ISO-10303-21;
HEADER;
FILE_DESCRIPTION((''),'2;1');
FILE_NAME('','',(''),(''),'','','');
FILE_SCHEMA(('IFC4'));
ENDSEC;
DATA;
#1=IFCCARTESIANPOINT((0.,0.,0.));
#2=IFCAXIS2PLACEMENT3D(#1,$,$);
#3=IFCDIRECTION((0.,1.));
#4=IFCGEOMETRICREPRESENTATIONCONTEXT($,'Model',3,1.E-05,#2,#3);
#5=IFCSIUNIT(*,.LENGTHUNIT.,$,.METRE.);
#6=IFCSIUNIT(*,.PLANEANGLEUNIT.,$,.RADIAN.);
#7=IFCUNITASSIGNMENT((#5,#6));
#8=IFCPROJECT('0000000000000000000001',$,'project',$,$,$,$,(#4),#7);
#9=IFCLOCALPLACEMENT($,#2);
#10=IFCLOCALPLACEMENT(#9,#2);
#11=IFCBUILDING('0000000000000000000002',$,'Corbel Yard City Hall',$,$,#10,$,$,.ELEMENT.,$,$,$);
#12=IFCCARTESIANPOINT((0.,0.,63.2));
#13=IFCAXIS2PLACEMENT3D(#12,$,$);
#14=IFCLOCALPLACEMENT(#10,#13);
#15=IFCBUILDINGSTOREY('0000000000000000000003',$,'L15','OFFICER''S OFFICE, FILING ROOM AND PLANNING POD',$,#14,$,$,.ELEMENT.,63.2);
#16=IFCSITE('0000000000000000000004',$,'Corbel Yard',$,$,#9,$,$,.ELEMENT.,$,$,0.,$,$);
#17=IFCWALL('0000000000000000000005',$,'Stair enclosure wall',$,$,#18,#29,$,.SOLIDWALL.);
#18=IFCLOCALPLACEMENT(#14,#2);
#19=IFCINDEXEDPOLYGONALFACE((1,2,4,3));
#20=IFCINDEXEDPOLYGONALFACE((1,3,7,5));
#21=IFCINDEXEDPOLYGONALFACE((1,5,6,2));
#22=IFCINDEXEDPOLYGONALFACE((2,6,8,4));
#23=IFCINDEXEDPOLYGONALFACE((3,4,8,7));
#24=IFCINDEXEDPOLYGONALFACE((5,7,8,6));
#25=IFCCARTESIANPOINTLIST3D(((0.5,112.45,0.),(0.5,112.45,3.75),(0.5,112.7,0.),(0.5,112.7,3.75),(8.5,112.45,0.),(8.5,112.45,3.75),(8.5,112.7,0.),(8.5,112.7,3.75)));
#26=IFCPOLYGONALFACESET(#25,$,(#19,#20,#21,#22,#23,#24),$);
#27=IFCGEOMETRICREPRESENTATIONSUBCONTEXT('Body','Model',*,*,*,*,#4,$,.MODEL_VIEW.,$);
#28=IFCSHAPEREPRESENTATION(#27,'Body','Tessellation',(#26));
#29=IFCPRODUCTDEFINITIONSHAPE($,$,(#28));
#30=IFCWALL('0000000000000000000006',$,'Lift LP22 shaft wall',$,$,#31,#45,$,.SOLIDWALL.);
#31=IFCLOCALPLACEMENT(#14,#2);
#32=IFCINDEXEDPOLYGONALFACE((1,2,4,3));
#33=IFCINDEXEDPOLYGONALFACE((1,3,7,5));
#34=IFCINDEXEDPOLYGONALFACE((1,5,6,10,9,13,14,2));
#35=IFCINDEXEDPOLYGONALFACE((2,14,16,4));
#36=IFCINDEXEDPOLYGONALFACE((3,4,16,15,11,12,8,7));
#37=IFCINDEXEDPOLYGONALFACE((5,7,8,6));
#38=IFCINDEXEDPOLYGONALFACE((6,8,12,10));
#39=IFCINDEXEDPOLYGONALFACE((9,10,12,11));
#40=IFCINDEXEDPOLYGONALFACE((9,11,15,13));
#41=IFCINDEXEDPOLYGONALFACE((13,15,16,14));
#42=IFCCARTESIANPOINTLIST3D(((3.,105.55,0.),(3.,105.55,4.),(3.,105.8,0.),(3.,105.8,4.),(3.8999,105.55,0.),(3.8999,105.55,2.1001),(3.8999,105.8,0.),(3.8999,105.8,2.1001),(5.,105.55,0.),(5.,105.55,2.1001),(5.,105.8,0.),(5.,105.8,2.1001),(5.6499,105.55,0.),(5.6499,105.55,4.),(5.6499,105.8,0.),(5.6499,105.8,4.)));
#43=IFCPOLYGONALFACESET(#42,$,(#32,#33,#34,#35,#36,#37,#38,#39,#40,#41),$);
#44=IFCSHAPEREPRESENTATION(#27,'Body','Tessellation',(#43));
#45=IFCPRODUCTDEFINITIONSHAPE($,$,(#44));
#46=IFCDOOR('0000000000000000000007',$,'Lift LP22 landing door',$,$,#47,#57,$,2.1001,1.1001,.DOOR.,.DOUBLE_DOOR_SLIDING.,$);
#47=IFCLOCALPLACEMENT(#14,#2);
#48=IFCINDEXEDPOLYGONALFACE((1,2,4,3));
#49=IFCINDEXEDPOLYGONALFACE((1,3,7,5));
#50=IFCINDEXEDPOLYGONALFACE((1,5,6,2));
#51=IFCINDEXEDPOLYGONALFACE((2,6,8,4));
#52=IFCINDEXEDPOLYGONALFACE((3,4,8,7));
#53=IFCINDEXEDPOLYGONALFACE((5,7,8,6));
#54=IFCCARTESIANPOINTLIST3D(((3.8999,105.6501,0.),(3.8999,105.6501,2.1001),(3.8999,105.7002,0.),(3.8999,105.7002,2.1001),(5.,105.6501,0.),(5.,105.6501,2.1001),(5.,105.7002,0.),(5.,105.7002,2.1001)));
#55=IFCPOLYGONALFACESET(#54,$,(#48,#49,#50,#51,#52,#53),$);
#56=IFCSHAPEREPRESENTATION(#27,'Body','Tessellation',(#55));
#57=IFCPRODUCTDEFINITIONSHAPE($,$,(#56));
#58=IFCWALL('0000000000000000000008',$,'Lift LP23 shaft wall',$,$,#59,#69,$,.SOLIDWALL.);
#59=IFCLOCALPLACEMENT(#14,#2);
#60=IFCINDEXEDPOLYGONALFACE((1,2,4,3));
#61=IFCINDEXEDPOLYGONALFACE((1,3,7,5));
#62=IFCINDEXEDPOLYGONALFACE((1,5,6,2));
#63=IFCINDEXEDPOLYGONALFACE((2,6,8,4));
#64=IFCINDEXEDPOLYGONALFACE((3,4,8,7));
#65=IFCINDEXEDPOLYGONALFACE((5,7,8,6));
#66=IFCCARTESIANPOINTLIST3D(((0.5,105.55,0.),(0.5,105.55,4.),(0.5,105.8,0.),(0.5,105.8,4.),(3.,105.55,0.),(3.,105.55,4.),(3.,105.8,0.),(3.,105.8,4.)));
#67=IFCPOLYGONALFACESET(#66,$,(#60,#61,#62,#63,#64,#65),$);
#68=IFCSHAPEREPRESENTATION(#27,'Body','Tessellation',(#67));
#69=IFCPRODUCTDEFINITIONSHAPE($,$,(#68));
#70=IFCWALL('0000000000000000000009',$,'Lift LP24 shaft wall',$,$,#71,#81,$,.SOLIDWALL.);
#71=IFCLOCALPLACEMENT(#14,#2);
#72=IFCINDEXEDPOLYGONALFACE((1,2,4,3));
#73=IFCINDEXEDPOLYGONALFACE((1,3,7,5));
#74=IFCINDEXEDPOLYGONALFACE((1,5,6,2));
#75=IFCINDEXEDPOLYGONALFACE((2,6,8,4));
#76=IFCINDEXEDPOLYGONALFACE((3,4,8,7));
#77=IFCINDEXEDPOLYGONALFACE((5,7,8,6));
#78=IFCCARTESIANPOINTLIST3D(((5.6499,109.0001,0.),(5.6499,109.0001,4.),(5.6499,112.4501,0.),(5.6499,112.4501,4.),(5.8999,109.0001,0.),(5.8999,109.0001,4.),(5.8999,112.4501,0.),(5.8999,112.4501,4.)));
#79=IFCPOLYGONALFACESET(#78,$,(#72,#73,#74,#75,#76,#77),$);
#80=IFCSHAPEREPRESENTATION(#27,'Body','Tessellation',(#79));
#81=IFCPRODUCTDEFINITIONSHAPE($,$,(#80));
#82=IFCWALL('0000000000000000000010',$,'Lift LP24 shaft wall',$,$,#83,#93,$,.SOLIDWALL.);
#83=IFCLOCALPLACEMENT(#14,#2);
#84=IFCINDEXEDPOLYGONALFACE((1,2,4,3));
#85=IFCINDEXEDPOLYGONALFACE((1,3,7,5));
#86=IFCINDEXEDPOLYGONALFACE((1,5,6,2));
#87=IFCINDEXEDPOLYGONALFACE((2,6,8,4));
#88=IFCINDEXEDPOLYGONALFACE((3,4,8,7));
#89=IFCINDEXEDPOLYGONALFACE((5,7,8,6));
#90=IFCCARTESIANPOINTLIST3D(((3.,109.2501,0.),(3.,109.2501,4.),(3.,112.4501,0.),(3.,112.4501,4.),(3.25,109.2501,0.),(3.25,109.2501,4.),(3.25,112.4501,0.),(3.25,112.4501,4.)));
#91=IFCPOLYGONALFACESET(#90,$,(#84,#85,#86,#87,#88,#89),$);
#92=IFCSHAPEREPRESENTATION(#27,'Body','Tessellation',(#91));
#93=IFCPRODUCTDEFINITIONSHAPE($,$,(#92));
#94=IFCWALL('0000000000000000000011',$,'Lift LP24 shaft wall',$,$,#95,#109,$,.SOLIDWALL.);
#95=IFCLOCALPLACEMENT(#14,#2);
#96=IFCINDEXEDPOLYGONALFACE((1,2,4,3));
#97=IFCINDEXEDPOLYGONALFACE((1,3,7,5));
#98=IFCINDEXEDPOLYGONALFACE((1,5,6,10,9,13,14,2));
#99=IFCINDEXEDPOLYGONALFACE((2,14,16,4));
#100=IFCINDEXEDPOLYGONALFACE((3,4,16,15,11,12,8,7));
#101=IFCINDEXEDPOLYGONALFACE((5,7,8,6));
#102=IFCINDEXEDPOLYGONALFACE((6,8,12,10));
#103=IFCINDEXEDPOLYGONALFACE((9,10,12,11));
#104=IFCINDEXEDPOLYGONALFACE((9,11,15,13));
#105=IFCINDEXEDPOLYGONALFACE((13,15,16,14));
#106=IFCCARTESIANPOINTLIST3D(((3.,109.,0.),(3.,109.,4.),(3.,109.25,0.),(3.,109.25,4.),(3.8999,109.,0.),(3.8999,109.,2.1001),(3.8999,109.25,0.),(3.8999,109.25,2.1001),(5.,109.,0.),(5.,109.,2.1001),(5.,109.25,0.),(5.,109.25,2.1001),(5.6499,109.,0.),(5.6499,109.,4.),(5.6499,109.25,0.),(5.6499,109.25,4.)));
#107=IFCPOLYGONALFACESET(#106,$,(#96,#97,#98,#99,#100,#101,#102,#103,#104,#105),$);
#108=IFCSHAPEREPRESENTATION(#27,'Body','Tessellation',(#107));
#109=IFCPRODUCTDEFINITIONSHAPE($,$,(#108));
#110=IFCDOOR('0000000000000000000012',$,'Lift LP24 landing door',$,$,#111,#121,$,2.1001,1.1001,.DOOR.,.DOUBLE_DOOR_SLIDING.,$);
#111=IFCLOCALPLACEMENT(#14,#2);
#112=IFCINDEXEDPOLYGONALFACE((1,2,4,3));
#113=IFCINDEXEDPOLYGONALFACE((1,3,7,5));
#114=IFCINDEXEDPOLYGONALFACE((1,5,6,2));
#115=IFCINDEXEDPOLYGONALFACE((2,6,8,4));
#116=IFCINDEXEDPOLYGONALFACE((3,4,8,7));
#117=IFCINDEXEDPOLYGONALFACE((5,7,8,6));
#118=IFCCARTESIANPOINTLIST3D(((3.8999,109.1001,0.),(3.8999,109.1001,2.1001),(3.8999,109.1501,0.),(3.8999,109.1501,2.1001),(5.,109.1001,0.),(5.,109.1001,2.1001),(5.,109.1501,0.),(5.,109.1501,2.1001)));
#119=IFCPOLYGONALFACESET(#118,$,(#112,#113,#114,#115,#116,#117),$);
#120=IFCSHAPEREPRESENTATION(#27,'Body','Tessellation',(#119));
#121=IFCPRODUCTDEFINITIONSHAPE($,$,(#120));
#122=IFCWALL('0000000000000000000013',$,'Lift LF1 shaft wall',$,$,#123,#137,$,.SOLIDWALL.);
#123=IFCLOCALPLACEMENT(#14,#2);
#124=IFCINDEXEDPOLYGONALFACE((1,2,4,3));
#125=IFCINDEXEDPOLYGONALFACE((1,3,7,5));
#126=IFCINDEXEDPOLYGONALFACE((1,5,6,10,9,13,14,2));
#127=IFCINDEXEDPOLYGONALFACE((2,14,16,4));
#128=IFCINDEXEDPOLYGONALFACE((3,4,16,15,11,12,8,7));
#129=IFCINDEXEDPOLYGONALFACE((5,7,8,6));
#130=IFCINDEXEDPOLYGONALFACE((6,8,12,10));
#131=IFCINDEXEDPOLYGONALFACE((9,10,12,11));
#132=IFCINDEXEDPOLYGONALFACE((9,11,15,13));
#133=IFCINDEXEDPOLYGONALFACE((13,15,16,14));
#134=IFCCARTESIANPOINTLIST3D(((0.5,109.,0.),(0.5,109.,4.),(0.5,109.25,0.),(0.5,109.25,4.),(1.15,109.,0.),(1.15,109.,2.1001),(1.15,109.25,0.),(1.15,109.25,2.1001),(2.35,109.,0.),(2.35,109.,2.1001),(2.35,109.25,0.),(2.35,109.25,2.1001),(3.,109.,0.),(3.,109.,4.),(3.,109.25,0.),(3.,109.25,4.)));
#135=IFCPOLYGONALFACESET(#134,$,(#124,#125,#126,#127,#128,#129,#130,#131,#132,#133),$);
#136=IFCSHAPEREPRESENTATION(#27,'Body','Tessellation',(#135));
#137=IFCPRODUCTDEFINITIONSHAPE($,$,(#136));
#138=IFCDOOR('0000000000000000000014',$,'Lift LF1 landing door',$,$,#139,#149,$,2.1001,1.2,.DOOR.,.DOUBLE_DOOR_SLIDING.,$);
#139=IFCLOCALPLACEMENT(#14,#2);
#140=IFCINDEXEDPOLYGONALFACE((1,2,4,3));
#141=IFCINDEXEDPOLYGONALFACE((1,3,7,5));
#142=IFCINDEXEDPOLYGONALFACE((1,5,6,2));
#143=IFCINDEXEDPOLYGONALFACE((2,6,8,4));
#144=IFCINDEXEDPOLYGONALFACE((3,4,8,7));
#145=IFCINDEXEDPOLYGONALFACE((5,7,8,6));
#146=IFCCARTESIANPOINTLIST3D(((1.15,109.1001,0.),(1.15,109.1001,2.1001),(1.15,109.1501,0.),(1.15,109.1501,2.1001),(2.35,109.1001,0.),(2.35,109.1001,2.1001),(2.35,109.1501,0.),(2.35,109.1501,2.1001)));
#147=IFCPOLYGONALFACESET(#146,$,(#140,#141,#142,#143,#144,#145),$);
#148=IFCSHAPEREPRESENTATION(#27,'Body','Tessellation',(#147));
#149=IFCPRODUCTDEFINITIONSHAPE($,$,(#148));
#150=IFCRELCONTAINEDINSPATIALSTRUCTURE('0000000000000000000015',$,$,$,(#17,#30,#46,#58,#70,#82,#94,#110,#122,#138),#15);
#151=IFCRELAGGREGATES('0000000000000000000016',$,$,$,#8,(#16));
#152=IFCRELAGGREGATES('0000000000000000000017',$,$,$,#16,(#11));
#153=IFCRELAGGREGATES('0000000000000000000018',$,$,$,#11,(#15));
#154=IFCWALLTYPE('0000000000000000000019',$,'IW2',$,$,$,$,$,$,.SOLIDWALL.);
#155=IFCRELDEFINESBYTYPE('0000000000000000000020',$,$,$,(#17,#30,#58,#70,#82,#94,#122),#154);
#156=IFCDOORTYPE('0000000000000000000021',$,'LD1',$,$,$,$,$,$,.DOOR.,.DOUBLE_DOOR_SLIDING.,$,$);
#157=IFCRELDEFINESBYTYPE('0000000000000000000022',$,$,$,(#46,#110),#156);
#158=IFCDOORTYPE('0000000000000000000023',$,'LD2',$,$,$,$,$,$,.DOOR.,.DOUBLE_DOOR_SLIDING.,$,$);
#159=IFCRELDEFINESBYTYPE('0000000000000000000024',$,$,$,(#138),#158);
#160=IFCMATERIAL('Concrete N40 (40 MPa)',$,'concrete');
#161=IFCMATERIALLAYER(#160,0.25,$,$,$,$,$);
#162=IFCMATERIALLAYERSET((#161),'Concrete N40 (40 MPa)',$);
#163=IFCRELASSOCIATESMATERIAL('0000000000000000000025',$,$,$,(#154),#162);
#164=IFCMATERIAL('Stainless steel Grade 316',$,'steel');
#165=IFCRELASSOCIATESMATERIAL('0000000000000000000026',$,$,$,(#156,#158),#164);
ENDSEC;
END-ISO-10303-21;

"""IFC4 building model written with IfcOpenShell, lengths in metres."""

from ifc_helpers import new_model, si_unit, direction, frame, frame_2d, origin, place, context, subcontext, project, spatial, rectangle, extrude, material, layer, layer_set, type_object, element, fill, save


model = new_model("IFC4")

# Units and contexts
model_context = context("Model", 3, precision=1e-05, world=origin(), true_north=direction((0.0, 1.0)))
body_context = subcontext(model_context, "Body", "Model", "MODEL_VIEW")
ifc_project = project(units=[si_unit("LENGTHUNIT", "METRE"), si_unit("PLANEANGLEUNIT", "RADIAN")], contexts=[model_context])

# Site, building, storey
site_placement = place(None, origin())
site = spatial("IfcSite", under=ifc_project, at=site_placement, Name="Corbel Yard", CompositionType="ELEMENT", RefElevation=0.0)
building_placement = place(site_placement, origin())
building = spatial("IfcBuilding", under=site, at=building_placement, Name="Corbel Yard City Hall", CompositionType="ELEMENT")
storey_placement = place(building_placement, frame((0.0, 0.0, 63.2)))
storey = spatial("IfcBuildingStorey", under=building, at=storey_placement, Name="L15", Description="OFFICER'S OFFICE, FILING ROOM AND PLANNING POD", CompositionType="ELEMENT", Elevation=63.2)

# Wall
ifc_material_1 = material(Name="Concrete N40 (40 MPa)", Category="concrete")
ifc_layer_1 = layer(ifc_material_1, 0.25)
ifc_layer_set_1 = layer_set([ifc_layer_1], Name="Concrete N40 (40 MPa)")
wall_type_1 = type_object("IfcWallType", Name="IW2", PredefinedType="SOLIDWALL", material=ifc_layer_set_1)
wall_1_placement = place(storey_placement, frame((8.5, 112.575, 0.0), z_axis=(0.0, 0.0, 1.0), x_axis=(-1.0, 0.0, 0.0)))
element("IfcWall", 1, at=wall_1_placement, inside=storey, type_object=wall_type_1, Name="Stair enclosure wall", PredefinedType="SOLIDWALL", context=body_context, shape_type="SweptSolid", body=[
    extrude(rectangle(XDim=8.0, YDim=0.25, at=frame_2d((4.0, 0.0))), origin(), (0.0, 0.0, 1.0), 3.75),
])

# Wall, opening, door
wall_2_placement = place(storey_placement, frame((5.6499, 105.675, 0.0), z_axis=(0.0, 0.0, 1.0), x_axis=(-1.0, 0.0, 0.0)))
wall_2 = element("IfcWall", 2, at=wall_2_placement, inside=storey, type_object=wall_type_1, Name="Lift LP22 shaft wall", PredefinedType="SOLIDWALL", context=body_context, shape_type="SweptSolid", body=[
    extrude(rectangle(XDim=2.6499, YDim=0.25, at=frame_2d((1.325, 0.0))), origin(), (0.0, 0.0, 1.0), 4.0),
])
opening_1_placement = place(wall_2_placement, frame((0.6499, 0.0, 0.0)))
opening_1 = element("IfcOpeningElement", 3, at=opening_1_placement, cuts=wall_2, PredefinedType="OPENING", context=body_context, shape_type="SweptSolid", body=[
    extrude(rectangle(XDim=1.1001, YDim=2.1001, at=frame_2d((0.55, 1.05))), frame((0.0, 0.135, 0.0), z_axis=(0.0, -1.0, 0.0), x_axis=(1.0, 0.0, 0.0)), (0.0, 0.0, 1.0), 0.27),
])
ifc_material_2 = material(Name="Stainless steel Grade 316", Category="steel")
door_type_1 = type_object("IfcDoorType", Name="LD1", OperationType="DOUBLE_DOOR_SLIDING", PredefinedType="DOOR", material=ifc_material_2)
door_1_placement = place(opening_1_placement, origin())
door_1 = element("IfcDoor", 4, at=door_1_placement, inside=storey, type_object=door_type_1, Name="Lift LP22 landing door", OperationType="DOUBLE_DOOR_SLIDING", OverallHeight=2.1001, OverallWidth=1.1001, PredefinedType="DOOR", context=body_context, shape_type="SweptSolid", body=[
    extrude(rectangle(XDim=1.1001, YDim=2.1001, at=frame_2d((0.55, 1.05))), frame((0.0, 0.0249, 0.0), z_axis=(0.0, -1.0, 0.0), x_axis=(1.0, 0.0, 0.0)), (0.0, 0.0, 1.0), 0.05),
])
fill(opening_1, door_1)

# Walls
wall_3_placement = place(storey_placement, frame((3.0, 105.675, 0.0), z_axis=(0.0, 0.0, 1.0), x_axis=(-1.0, 0.0, 0.0)))
element("IfcWall", 5, at=wall_3_placement, inside=storey, type_object=wall_type_1, Name="Lift LP23 shaft wall", PredefinedType="SOLIDWALL", context=body_context, shape_type="SweptSolid", body=[
    extrude(rectangle(XDim=2.5, YDim=0.25, at=frame_2d((1.25, 0.0))), origin(), (0.0, 0.0, 1.0), 4.0),
])
wall_4_placement = place(storey_placement, frame((5.7749, 109.0, 0.0), z_axis=(0.0, 0.0, 1.0), x_axis=(0.0, 1.0, 0.0)))
element("IfcWall", 6, at=wall_4_placement, inside=storey, type_object=wall_type_1, Name="Lift LP24 shaft wall", PredefinedType="SOLIDWALL", context=body_context, shape_type="SweptSolid", body=[
    extrude(rectangle(XDim=3.45, YDim=0.25, at=frame_2d((1.7251, 0.0))), origin(), (0.0, 0.0, 1.0), 4.0),
])
wall_5_placement = place(storey_placement, frame((3.125, 109.25, 0.0), z_axis=(0.0, 0.0, 1.0), x_axis=(0.0, 1.0, 0.0)))
element("IfcWall", 7, at=wall_5_placement, inside=storey, type_object=wall_type_1, Name="Lift LP24 shaft wall", PredefinedType="SOLIDWALL", context=body_context, shape_type="SweptSolid", body=[
    extrude(rectangle(XDim=3.2, YDim=0.25, at=frame_2d((1.6001, 0.0))), origin(), (0.0, 0.0, 1.0), 4.0),
])

# Walls, openings, doors
wall_6_placement = place(storey_placement, frame((5.6499, 109.125, 0.0), z_axis=(0.0, 0.0, 1.0), x_axis=(-1.0, 0.0, 0.0)))
wall_6 = element("IfcWall", 8, at=wall_6_placement, inside=storey, type_object=wall_type_1, Name="Lift LP24 shaft wall", PredefinedType="SOLIDWALL", context=body_context, shape_type="SweptSolid", body=[
    extrude(rectangle(XDim=2.6499, YDim=0.25, at=frame_2d((1.325, 0.0))), origin(), (0.0, 0.0, 1.0), 4.0),
])
opening_2_placement = place(wall_6_placement, frame((0.6499, 0.0, 0.0)))
opening_2 = element("IfcOpeningElement", 9, at=opening_2_placement, cuts=wall_6, PredefinedType="OPENING", context=body_context, shape_type="SweptSolid", body=[
    extrude(rectangle(XDim=1.1001, YDim=2.1001, at=frame_2d((0.55, 1.05))), frame((0.0, 0.135, 0.0), z_axis=(0.0, -1.0, 0.0), x_axis=(1.0, 0.0, 0.0)), (0.0, 0.0, 1.0), 0.27),
])
door_2_placement = place(opening_2_placement, origin())
door_2 = element("IfcDoor", 10, at=door_2_placement, inside=storey, type_object=door_type_1, Name="Lift LP24 landing door", OperationType="DOUBLE_DOOR_SLIDING", OverallHeight=2.1001, OverallWidth=1.1001, PredefinedType="DOOR", context=body_context, shape_type="SweptSolid", body=[
    extrude(rectangle(XDim=1.1001, YDim=2.1001, at=frame_2d((0.55, 1.05))), frame((0.0, 0.0249, 0.0), z_axis=(0.0, -1.0, 0.0), x_axis=(1.0, 0.0, 0.0)), (0.0, 0.0, 1.0), 0.05),
])
fill(opening_2, door_2)
wall_7_placement = place(storey_placement, frame((3.0, 109.125, 0.0), z_axis=(0.0, 0.0, 1.0), x_axis=(-1.0, 0.0, 0.0)))
wall_7 = element("IfcWall", 11, at=wall_7_placement, inside=storey, type_object=wall_type_1, Name="Lift LF1 shaft wall", PredefinedType="SOLIDWALL", context=body_context, shape_type="SweptSolid", body=[
    extrude(rectangle(XDim=2.5, YDim=0.25, at=frame_2d((1.25, 0.0))), origin(), (0.0, 0.0, 1.0), 4.0),
])
opening_3_placement = place(wall_7_placement, frame((0.6499, 0.0, 0.0)))
opening_3 = element("IfcOpeningElement", 12, at=opening_3_placement, cuts=wall_7, PredefinedType="OPENING", context=body_context, shape_type="SweptSolid", body=[
    extrude(rectangle(XDim=1.2, YDim=2.1001, at=frame_2d((0.6001, 1.05))), frame((0.0, 0.135, 0.0), z_axis=(0.0, -1.0, 0.0), x_axis=(1.0, 0.0, 0.0)), (0.0, 0.0, 1.0), 0.27),
])
door_type_2 = type_object("IfcDoorType", Name="LD2", OperationType="DOUBLE_DOOR_SLIDING", PredefinedType="DOOR", material=ifc_material_2)
door_3_placement = place(opening_3_placement, origin())
door_3 = element("IfcDoor", 13, at=door_3_placement, inside=storey, type_object=door_type_2, Name="Lift LF1 landing door", OperationType="DOUBLE_DOOR_SLIDING", OverallHeight=2.1001, OverallWidth=1.2, PredefinedType="DOOR", context=body_context, shape_type="SweptSolid", body=[
    extrude(rectangle(XDim=1.2, YDim=2.1001, at=frame_2d((0.6001, 1.05))), frame((0.0, 0.0249, 0.0), z_axis=(0.0, -1.0, 0.0), x_axis=(1.0, 0.0, 0.0)), (0.0, 0.0, 1.0), 0.05),
])
fill(opening_3, door_3)

save(model, "model.ifc")
